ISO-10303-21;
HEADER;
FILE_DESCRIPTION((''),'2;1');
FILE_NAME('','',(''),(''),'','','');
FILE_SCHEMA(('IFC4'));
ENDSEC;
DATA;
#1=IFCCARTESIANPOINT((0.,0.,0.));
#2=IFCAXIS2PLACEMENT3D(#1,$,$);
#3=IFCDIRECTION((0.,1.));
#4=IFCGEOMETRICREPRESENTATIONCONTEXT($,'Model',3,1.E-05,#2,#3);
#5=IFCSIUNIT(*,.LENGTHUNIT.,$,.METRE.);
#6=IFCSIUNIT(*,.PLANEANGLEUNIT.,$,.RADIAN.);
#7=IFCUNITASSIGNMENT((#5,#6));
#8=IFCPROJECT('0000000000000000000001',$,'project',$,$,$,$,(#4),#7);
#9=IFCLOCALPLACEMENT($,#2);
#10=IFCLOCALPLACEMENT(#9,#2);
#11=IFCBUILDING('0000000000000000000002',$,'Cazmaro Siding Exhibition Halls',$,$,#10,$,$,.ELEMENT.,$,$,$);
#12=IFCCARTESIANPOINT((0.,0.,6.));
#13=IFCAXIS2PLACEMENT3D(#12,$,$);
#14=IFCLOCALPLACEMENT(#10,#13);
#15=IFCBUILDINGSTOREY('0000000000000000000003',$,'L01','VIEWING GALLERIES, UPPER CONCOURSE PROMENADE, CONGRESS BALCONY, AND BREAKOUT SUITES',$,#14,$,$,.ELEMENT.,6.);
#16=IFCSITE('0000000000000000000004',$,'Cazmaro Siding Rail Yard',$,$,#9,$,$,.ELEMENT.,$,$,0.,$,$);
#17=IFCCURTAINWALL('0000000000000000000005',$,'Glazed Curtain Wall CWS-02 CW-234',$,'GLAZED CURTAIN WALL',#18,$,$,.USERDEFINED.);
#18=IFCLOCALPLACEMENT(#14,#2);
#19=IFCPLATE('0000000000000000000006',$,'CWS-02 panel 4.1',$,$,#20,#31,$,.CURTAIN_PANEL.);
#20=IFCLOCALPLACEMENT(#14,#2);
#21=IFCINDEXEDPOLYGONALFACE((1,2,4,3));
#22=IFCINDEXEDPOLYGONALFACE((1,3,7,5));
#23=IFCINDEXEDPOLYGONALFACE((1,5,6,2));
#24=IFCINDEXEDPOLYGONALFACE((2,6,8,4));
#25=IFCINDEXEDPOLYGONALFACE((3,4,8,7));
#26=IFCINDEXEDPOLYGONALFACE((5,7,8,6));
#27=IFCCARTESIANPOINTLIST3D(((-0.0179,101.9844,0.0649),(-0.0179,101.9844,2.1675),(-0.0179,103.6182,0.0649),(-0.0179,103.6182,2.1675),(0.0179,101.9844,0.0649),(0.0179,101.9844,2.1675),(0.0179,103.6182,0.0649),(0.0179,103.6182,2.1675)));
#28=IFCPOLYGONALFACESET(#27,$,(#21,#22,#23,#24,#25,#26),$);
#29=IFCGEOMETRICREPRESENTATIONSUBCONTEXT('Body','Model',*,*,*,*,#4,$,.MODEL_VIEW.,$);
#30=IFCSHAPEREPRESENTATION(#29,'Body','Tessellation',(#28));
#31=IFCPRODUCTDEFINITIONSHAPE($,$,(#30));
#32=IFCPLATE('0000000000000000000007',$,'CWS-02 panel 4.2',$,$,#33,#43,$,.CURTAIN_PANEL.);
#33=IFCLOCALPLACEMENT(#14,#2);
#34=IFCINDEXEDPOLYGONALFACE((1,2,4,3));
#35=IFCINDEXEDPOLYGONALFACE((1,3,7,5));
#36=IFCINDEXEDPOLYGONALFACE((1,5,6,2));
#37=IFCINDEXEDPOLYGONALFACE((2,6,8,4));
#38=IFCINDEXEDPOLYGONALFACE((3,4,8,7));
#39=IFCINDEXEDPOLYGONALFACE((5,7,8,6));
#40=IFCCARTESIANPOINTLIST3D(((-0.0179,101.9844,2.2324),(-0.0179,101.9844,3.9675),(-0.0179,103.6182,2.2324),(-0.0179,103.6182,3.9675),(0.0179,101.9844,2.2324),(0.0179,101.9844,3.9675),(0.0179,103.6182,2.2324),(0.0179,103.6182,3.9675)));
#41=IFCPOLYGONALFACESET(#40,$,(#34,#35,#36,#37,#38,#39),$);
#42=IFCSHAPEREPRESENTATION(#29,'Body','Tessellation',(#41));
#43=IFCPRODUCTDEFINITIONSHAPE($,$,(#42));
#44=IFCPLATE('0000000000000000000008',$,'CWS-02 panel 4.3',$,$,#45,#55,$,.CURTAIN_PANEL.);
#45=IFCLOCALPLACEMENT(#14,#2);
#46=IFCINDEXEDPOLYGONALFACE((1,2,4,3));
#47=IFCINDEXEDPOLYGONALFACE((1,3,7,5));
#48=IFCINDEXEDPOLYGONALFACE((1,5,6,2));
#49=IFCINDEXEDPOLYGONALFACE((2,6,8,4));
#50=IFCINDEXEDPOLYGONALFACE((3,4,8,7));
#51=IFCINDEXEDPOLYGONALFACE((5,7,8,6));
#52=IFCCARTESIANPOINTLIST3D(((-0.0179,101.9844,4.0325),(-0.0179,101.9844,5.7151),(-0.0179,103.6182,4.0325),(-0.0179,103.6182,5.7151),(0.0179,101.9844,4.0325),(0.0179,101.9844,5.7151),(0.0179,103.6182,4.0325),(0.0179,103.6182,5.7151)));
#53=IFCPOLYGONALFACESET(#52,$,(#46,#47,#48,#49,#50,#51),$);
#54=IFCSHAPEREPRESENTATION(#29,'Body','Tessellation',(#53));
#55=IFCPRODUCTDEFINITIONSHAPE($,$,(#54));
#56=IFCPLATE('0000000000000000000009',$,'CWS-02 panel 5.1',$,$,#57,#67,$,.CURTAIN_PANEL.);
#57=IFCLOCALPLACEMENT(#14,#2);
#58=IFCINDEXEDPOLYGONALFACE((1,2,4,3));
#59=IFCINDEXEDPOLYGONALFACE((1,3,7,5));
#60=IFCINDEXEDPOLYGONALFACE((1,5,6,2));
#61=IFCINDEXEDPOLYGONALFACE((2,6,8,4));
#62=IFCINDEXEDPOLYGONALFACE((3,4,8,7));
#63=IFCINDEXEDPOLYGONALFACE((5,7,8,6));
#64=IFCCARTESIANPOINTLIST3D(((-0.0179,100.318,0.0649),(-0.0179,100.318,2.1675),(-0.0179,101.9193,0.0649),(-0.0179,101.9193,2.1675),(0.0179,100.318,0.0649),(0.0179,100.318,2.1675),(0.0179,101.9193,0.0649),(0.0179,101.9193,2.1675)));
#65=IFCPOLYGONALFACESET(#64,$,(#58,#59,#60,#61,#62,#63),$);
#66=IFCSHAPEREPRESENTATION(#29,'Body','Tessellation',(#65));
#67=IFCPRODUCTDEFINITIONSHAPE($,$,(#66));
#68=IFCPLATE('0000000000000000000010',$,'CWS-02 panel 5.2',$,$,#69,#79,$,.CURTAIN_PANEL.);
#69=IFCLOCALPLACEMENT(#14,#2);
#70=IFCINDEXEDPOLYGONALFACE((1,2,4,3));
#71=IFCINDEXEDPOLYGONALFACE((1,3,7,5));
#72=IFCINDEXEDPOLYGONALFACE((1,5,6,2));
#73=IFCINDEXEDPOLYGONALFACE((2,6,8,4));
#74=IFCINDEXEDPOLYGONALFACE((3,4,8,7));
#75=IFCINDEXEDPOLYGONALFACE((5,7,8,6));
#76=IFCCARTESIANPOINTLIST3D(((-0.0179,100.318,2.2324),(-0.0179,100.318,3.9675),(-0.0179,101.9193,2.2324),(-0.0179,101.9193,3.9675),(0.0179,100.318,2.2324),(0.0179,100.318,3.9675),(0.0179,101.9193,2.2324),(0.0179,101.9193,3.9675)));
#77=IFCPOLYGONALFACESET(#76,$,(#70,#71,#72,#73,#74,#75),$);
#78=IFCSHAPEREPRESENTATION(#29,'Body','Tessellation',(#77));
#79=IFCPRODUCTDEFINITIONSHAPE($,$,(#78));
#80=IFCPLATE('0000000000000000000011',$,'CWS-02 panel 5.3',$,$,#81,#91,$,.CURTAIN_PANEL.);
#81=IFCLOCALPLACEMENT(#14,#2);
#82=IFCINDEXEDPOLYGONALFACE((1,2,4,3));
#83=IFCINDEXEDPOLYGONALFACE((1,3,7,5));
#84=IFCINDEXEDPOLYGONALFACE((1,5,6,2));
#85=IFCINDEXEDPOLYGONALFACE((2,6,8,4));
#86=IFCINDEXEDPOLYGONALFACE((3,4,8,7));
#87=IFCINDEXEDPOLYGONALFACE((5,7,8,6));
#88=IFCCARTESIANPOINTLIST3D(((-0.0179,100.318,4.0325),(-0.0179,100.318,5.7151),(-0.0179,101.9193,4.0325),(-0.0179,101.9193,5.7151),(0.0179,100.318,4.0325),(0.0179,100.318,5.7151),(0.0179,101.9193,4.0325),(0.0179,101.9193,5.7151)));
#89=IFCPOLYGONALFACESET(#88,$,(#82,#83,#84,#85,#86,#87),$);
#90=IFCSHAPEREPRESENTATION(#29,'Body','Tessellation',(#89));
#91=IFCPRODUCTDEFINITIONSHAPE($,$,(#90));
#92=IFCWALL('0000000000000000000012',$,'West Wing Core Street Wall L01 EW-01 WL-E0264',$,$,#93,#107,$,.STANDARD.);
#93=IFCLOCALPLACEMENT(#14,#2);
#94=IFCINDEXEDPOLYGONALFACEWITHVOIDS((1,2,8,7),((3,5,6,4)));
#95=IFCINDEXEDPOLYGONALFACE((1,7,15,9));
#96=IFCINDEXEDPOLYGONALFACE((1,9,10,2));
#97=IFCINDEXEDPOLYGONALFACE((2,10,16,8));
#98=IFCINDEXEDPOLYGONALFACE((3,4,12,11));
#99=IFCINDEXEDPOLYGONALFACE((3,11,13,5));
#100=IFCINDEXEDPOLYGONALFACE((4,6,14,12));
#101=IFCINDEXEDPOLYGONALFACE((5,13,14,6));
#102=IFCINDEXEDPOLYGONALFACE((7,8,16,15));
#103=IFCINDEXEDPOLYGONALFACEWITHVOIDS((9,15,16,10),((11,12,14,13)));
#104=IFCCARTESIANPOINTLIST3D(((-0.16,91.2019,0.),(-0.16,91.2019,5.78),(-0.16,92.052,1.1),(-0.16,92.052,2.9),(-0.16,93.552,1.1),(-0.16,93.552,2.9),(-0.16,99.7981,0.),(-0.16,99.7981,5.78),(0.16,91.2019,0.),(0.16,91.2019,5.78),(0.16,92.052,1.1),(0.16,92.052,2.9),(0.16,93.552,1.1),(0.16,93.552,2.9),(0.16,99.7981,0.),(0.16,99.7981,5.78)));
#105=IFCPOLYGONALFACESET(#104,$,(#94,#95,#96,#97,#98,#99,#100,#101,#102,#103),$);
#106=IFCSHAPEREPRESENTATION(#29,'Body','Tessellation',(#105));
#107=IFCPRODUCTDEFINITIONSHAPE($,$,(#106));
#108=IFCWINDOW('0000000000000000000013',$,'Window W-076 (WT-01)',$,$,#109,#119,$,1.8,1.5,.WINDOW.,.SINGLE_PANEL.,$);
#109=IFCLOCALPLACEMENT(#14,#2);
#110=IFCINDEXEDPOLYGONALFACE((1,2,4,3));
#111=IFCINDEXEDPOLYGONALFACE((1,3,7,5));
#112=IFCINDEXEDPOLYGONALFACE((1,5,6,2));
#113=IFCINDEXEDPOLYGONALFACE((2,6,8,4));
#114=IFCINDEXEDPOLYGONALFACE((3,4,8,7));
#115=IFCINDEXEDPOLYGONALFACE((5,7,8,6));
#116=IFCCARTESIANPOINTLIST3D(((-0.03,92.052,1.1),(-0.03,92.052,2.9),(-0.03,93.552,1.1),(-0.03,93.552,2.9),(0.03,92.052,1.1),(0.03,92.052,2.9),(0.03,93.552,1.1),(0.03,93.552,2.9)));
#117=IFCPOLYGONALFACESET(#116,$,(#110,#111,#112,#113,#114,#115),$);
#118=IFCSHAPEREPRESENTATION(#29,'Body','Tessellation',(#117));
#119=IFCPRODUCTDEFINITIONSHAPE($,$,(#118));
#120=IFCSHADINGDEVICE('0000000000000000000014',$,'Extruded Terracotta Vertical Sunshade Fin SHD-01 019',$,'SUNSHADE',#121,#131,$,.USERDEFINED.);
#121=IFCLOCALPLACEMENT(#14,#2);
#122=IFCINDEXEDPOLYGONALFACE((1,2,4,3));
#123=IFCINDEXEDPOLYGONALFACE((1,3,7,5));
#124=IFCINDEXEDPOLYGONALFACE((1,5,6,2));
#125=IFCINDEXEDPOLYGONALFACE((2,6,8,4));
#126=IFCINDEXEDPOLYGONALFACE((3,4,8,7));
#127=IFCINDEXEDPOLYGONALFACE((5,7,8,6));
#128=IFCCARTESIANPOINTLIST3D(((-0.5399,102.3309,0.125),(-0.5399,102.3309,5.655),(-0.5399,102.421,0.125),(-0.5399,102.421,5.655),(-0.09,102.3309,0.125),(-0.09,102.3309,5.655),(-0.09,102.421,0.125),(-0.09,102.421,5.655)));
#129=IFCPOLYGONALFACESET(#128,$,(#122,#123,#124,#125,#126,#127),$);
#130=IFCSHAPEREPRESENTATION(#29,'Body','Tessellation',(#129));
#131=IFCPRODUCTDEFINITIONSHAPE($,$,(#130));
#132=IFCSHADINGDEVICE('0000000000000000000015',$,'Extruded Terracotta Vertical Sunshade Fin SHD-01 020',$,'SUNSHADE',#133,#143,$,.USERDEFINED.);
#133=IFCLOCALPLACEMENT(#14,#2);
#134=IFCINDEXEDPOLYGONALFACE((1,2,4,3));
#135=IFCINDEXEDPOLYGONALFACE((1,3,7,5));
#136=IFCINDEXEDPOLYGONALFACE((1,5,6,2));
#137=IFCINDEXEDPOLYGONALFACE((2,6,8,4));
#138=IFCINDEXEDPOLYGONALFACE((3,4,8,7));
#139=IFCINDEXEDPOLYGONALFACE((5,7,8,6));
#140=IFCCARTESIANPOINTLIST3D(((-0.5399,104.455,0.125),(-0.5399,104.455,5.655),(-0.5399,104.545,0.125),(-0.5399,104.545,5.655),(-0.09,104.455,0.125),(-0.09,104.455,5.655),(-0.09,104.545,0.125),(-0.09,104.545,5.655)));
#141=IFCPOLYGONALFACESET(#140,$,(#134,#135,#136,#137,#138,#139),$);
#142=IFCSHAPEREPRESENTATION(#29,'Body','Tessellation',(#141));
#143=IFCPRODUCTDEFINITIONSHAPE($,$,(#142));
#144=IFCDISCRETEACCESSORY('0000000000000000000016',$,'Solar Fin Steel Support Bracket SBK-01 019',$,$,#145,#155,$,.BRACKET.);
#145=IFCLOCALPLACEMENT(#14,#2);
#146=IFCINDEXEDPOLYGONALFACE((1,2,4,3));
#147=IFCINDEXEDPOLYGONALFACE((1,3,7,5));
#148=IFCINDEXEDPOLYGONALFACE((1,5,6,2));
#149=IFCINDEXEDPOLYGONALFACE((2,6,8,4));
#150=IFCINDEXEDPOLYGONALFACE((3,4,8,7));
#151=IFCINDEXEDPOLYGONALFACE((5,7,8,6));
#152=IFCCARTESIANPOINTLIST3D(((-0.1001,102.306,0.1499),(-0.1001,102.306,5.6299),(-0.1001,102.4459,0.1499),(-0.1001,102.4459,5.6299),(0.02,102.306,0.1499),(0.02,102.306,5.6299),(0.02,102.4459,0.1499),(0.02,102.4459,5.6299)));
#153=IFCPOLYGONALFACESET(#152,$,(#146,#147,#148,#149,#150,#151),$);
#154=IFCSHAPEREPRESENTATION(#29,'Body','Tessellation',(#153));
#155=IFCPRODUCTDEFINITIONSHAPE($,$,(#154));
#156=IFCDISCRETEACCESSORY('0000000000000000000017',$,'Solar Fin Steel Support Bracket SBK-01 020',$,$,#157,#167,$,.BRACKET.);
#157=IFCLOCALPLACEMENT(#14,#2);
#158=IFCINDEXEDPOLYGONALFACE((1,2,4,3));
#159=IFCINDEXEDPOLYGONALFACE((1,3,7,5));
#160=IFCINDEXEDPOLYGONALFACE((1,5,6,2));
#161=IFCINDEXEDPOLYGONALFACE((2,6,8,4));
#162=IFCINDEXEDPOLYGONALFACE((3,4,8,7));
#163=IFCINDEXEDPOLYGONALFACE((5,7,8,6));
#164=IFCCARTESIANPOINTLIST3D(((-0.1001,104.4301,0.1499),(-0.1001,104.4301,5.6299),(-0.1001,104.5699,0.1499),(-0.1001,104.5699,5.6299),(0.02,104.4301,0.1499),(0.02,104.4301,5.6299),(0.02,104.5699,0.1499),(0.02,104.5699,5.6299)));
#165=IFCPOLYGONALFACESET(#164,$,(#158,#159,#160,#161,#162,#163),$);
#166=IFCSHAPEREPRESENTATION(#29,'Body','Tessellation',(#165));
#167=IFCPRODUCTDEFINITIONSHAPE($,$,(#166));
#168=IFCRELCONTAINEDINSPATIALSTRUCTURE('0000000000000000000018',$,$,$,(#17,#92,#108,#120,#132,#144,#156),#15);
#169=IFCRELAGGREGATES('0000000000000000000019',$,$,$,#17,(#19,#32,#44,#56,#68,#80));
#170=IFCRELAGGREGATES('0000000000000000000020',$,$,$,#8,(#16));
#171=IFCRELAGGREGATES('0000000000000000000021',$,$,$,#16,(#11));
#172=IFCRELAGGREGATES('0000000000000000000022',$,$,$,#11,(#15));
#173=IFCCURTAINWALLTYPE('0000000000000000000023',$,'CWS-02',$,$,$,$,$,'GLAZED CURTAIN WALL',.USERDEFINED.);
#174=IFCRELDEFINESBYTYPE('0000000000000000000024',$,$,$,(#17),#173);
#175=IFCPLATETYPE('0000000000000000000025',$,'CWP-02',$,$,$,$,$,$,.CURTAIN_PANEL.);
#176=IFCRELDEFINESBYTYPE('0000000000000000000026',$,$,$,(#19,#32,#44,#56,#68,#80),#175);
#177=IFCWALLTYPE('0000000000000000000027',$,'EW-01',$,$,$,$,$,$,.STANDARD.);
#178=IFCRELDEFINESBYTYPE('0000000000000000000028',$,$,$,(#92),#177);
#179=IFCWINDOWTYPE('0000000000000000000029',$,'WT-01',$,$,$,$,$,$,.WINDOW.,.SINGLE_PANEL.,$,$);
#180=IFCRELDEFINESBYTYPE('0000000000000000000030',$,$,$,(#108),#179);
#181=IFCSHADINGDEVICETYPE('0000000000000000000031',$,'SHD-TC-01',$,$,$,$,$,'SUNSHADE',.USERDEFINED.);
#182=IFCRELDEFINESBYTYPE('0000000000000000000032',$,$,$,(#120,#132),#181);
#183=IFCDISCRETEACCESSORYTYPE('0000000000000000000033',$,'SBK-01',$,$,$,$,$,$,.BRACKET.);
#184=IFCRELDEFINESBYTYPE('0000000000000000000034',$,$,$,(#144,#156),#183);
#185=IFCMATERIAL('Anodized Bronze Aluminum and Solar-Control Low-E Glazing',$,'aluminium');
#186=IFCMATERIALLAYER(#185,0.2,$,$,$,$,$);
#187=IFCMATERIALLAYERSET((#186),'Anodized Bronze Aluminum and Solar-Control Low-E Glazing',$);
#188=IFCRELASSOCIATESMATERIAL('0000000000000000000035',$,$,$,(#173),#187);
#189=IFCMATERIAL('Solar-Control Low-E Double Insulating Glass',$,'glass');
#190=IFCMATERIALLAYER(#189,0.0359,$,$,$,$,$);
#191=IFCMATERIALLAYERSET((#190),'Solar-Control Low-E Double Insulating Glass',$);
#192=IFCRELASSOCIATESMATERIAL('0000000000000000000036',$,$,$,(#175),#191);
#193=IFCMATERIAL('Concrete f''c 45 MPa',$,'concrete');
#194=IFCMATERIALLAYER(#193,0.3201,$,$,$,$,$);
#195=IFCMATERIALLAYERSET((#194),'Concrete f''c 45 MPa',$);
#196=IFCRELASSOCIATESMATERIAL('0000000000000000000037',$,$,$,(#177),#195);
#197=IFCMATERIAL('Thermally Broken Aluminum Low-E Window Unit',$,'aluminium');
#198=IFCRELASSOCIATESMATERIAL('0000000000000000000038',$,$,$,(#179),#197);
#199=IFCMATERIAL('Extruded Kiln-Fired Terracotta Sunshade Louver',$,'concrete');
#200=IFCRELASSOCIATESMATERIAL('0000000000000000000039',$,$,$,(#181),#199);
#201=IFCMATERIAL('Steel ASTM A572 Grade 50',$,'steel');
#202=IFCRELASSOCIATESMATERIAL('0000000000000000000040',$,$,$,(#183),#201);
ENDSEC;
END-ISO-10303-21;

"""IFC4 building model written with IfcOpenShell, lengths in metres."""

from ifc_helpers import new_model, si_unit, direction, frame, frame_2d, origin, origin_2d, place, context, subcontext, project, spatial, rectangle, extrude, material, layer, layer_set, type_object, element, fill, aggregate, save


model = new_model("IFC4")

# Units and contexts
model_context = context("Model", 3, precision=1e-05, world=origin(), true_north=direction((0.0, 1.0)))
body_context = subcontext(model_context, "Body", "Model", "MODEL_VIEW")
ifc_project = project(units=[si_unit("LENGTHUNIT", "METRE"), si_unit("PLANEANGLEUNIT", "RADIAN")], contexts=[model_context])

# Site, building, storey
site_placement = place(None, origin())
site = spatial("IfcSite", under=ifc_project, at=site_placement, Name="Cazmaro Siding Rail Yard", CompositionType="ELEMENT", RefElevation=0.0)
building_placement = place(site_placement, origin())
building = spatial("IfcBuilding", under=site, at=building_placement, Name="Cazmaro Siding Exhibition Halls", CompositionType="ELEMENT")
storey_placement = place(building_placement, frame((0.0, 0.0, 6.0)))
storey = spatial("IfcBuildingStorey", under=building, at=storey_placement, Name="L01", Description="VIEWING GALLERIES, UPPER CONCOURSE PROMENADE, CONGRESS BALCONY, AND BREAKOUT SUITES", CompositionType="ELEMENT", Elevation=6.0)

# Curtain wall
ifc_material_1 = material(Name="Anodized Bronze Aluminum and Solar-Control Low-E Glazing", Category="aluminium")
ifc_layer_1 = layer(ifc_material_1, 0.2)
ifc_layer_set_1 = layer_set([ifc_layer_1], Name="Anodized Bronze Aluminum and Solar-Control Low-E Glazing")
curtain_wall_type = type_object("IfcCurtainWallType", Name="CWS-02", ElementType="GLAZED CURTAIN WALL", PredefinedType="USERDEFINED", material=ifc_layer_set_1)
curtain_wall_placement = place(storey_placement, origin())
curtain_wall = element("IfcCurtainWall", 1, at=curtain_wall_placement, inside=storey, type_object=curtain_wall_type, Name="Glazed Curtain Wall CWS-02 CW-234", ObjectType="GLAZED CURTAIN WALL", PredefinedType="USERDEFINED")

# Plates
ifc_material_2 = material(Name="Solar-Control Low-E Double Insulating Glass", Category="glass")
ifc_layer_2 = layer(ifc_material_2, 0.0359)
ifc_layer_set_2 = layer_set([ifc_layer_2], Name="Solar-Control Low-E Double Insulating Glass")
plate_type = type_object("IfcPlateType", Name="CWP-02", PredefinedType="CURTAIN_PANEL", material=ifc_layer_set_2)
plate_1_placement = place(storey_placement, frame((0.0, 102.8013, 0.0649), z_axis=(0.0, 0.0, 1.0), x_axis=(0.0, -1.0, 0.0)))
plate_1 = element("IfcPlate", 2, at=plate_1_placement, type_object=plate_type, Name="CWS-02 panel 4.1", PredefinedType="CURTAIN_PANEL", context=body_context, shape_type="SweptSolid", body=[
    extrude(rectangle(XDim=1.6338, YDim=0.0359, at=origin_2d()), origin(), (0.0, 0.0, 1.0), 2.1025),
])
plate_2_placement = place(storey_placement, frame((0.0, 102.8013, 2.2324), z_axis=(0.0, 0.0, 1.0), x_axis=(0.0, -1.0, 0.0)))
plate_2 = element("IfcPlate", 3, at=plate_2_placement, type_object=plate_type, Name="CWS-02 panel 4.2", PredefinedType="CURTAIN_PANEL", context=body_context, shape_type="SweptSolid", body=[
    extrude(rectangle(XDim=1.6338, YDim=0.0359, at=origin_2d()), origin(), (0.0, 0.0, 1.0), 1.7351),
])
plate_3_placement = place(storey_placement, frame((0.0, 102.8013, 4.0325), z_axis=(0.0, 0.0, 1.0), x_axis=(0.0, -1.0, 0.0)))
plate_3 = element("IfcPlate", 4, at=plate_3_placement, type_object=plate_type, Name="CWS-02 panel 4.3", PredefinedType="CURTAIN_PANEL", context=body_context, shape_type="SweptSolid", body=[
    extrude(rectangle(XDim=1.6338, YDim=0.0359, at=origin_2d()), origin(), (0.0, 0.0, 1.0), 1.6826),
])
plate_4_placement = place(storey_placement, frame((0.0, 101.1187, 0.0649), z_axis=(0.0, 0.0, 1.0), x_axis=(0.0, -1.0, 0.0)))
plate_4 = element("IfcPlate", 5, at=plate_4_placement, type_object=plate_type, Name="CWS-02 panel 5.1", PredefinedType="CURTAIN_PANEL", context=body_context, shape_type="SweptSolid", body=[
    extrude(rectangle(XDim=1.6013, YDim=0.0359, at=origin_2d()), origin(), (0.0, 0.0, 1.0), 2.1025),
])
plate_5_placement = place(storey_placement, frame((0.0, 101.1187, 2.2324), z_axis=(0.0, 0.0, 1.0), x_axis=(0.0, -1.0, 0.0)))
plate_5 = element("IfcPlate", 6, at=plate_5_placement, type_object=plate_type, Name="CWS-02 panel 5.2", PredefinedType="CURTAIN_PANEL", context=body_context, shape_type="SweptSolid", body=[
    extrude(rectangle(XDim=1.6013, YDim=0.0359, at=origin_2d()), origin(), (0.0, 0.0, 1.0), 1.7351),
])
plate_6_placement = place(storey_placement, frame((0.0, 101.1187, 4.0325), z_axis=(0.0, 0.0, 1.0), x_axis=(0.0, -1.0, 0.0)))
plate_6 = element("IfcPlate", 7, at=plate_6_placement, type_object=plate_type, Name="CWS-02 panel 5.3", PredefinedType="CURTAIN_PANEL", context=body_context, shape_type="SweptSolid", body=[
    extrude(rectangle(XDim=1.6013, YDim=0.0359, at=origin_2d()), origin(), (0.0, 0.0, 1.0), 1.6826),
])
aggregate(curtain_wall, [plate_1, plate_2, plate_3, plate_4, plate_5, plate_6])

# Wall, opening, window
ifc_material_3 = material(Name="Concrete f'c 45 MPa", Category="concrete")
ifc_layer_3 = layer(ifc_material_3, 0.3201)
ifc_layer_set_3 = layer_set([ifc_layer_3], Name="Concrete f'c 45 MPa")
wall_type = type_object("IfcWallType", Name="EW-01", PredefinedType="STANDARD", material=ifc_layer_set_3)
wall_placement = place(storey_placement, frame((0.0, 91.2019, 0.0), z_axis=(0.0, 0.0, 1.0), x_axis=(0.0, 1.0, 0.0)))
wall = element("IfcWall", 8, at=wall_placement, inside=storey, type_object=wall_type, Name="West Wing Core Street Wall L01 EW-01 WL-E0264", PredefinedType="STANDARD", context=body_context, shape_type="SweptSolid", body=[
    extrude(rectangle(XDim=8.5962, YDim=0.3201, at=frame_2d((4.2981, 0.0))), origin(), (0.0, 0.0, 1.0), 5.78),
])
opening_placement = place(wall_placement, frame((0.8501, 0.0, 1.1001)))
opening = element("IfcOpeningElement", 9, at=opening_placement, cuts=wall, PredefinedType="OPENING", context=body_context, shape_type="SweptSolid", body=[
    extrude(rectangle(XDim=1.5, YDim=1.8, at=frame_2d((0.75, 0.8999))), frame((0.0, 0.1699, 0.0), z_axis=(0.0, -1.0, 0.0), x_axis=(1.0, 0.0, 0.0)), (0.0, 0.0, 1.0), 0.3401),
])
ifc_material_4 = material(Name="Thermally Broken Aluminum Low-E Window Unit", Category="aluminium")
window_type = type_object("IfcWindowType", Name="WT-01", PartitioningType="SINGLE_PANEL", PredefinedType="WINDOW", material=ifc_material_4)
window_placement = place(opening_placement, origin())
window = element("IfcWindow", 10, at=window_placement, inside=storey, type_object=window_type, Name="Window W-076 (WT-01)", OverallHeight=1.8, OverallWidth=1.5, PartitioningType="SINGLE_PANEL", PredefinedType="WINDOW", context=body_context, shape_type="SweptSolid", body=[
    extrude(rectangle(XDim=1.5, YDim=1.8, at=frame_2d((0.75, 0.8999))), frame((0.0, 0.03, 0.0), z_axis=(0.0, -1.0, 0.0), x_axis=(1.0, 0.0, 0.0)), (0.0, 0.0, 1.0), 0.0601),
])
fill(opening, window)

# Shading devices
ifc_material_5 = material(Name="Extruded Kiln-Fired Terracotta Sunshade Louver", Category="concrete")
shading_device_type = type_object("IfcShadingDeviceType", Name="SHD-TC-01", ElementType="SUNSHADE", PredefinedType="USERDEFINED", material=ifc_material_5)
for number, where, z_axis, x_axis, name in (
    (11, (-0.3149, 102.376, 0.125), (0.0, 0.0, 1.0), (1.0, 0.0, 0.0), "Extruded Terracotta Vertical Sunshade Fin SHD-01 019"),
    (12, (-0.3149, 104.5, 0.125), (0.0, 0.0, 1.0), (1.0, 0.0, 0.0), "Extruded Terracotta Vertical Sunshade Fin SHD-01 020"),
):
    element("IfcShadingDevice", number, at=place(storey_placement, frame(where, z_axis=z_axis, x_axis=x_axis)), inside=storey, type_object=shading_device_type, Name=name, ObjectType="SUNSHADE", PredefinedType="USERDEFINED", context=body_context, shape_type="SweptSolid", body=[
        extrude(rectangle(XDim=0.45, YDim=0.0901, at=origin_2d()), origin(), (0.0, 0.0, 1.0), 5.53),
    ])

# Discrete accessories
ifc_material_6 = material(Name="Steel ASTM A572 Grade 50", Category="steel")
discrete_accessory_type = type_object("IfcDiscreteAccessoryType", Name="SBK-01", PredefinedType="BRACKET", material=ifc_material_6)
for number, where, z_axis, x_axis, name in (
    (13, (-0.04, 102.376, 0.1499), (0.0, 0.0, 1.0), (1.0, 0.0, 0.0), "Solar Fin Steel Support Bracket SBK-01 019"),
    (14, (-0.04, 104.5, 0.1499), (0.0, 0.0, 1.0), (1.0, 0.0, 0.0), "Solar Fin Steel Support Bracket SBK-01 020"),
):
    element("IfcDiscreteAccessory", number, at=place(storey_placement, frame(where, z_axis=z_axis, x_axis=x_axis)), inside=storey, type_object=discrete_accessory_type, Name=name, PredefinedType="BRACKET", context=body_context, shape_type="SweptSolid", body=[
        extrude(rectangle(XDim=0.1201, YDim=0.1399, at=origin_2d()), origin(), (0.0, 0.0, 1.0), 5.48),
    ])

save(model, "model.ifc")
